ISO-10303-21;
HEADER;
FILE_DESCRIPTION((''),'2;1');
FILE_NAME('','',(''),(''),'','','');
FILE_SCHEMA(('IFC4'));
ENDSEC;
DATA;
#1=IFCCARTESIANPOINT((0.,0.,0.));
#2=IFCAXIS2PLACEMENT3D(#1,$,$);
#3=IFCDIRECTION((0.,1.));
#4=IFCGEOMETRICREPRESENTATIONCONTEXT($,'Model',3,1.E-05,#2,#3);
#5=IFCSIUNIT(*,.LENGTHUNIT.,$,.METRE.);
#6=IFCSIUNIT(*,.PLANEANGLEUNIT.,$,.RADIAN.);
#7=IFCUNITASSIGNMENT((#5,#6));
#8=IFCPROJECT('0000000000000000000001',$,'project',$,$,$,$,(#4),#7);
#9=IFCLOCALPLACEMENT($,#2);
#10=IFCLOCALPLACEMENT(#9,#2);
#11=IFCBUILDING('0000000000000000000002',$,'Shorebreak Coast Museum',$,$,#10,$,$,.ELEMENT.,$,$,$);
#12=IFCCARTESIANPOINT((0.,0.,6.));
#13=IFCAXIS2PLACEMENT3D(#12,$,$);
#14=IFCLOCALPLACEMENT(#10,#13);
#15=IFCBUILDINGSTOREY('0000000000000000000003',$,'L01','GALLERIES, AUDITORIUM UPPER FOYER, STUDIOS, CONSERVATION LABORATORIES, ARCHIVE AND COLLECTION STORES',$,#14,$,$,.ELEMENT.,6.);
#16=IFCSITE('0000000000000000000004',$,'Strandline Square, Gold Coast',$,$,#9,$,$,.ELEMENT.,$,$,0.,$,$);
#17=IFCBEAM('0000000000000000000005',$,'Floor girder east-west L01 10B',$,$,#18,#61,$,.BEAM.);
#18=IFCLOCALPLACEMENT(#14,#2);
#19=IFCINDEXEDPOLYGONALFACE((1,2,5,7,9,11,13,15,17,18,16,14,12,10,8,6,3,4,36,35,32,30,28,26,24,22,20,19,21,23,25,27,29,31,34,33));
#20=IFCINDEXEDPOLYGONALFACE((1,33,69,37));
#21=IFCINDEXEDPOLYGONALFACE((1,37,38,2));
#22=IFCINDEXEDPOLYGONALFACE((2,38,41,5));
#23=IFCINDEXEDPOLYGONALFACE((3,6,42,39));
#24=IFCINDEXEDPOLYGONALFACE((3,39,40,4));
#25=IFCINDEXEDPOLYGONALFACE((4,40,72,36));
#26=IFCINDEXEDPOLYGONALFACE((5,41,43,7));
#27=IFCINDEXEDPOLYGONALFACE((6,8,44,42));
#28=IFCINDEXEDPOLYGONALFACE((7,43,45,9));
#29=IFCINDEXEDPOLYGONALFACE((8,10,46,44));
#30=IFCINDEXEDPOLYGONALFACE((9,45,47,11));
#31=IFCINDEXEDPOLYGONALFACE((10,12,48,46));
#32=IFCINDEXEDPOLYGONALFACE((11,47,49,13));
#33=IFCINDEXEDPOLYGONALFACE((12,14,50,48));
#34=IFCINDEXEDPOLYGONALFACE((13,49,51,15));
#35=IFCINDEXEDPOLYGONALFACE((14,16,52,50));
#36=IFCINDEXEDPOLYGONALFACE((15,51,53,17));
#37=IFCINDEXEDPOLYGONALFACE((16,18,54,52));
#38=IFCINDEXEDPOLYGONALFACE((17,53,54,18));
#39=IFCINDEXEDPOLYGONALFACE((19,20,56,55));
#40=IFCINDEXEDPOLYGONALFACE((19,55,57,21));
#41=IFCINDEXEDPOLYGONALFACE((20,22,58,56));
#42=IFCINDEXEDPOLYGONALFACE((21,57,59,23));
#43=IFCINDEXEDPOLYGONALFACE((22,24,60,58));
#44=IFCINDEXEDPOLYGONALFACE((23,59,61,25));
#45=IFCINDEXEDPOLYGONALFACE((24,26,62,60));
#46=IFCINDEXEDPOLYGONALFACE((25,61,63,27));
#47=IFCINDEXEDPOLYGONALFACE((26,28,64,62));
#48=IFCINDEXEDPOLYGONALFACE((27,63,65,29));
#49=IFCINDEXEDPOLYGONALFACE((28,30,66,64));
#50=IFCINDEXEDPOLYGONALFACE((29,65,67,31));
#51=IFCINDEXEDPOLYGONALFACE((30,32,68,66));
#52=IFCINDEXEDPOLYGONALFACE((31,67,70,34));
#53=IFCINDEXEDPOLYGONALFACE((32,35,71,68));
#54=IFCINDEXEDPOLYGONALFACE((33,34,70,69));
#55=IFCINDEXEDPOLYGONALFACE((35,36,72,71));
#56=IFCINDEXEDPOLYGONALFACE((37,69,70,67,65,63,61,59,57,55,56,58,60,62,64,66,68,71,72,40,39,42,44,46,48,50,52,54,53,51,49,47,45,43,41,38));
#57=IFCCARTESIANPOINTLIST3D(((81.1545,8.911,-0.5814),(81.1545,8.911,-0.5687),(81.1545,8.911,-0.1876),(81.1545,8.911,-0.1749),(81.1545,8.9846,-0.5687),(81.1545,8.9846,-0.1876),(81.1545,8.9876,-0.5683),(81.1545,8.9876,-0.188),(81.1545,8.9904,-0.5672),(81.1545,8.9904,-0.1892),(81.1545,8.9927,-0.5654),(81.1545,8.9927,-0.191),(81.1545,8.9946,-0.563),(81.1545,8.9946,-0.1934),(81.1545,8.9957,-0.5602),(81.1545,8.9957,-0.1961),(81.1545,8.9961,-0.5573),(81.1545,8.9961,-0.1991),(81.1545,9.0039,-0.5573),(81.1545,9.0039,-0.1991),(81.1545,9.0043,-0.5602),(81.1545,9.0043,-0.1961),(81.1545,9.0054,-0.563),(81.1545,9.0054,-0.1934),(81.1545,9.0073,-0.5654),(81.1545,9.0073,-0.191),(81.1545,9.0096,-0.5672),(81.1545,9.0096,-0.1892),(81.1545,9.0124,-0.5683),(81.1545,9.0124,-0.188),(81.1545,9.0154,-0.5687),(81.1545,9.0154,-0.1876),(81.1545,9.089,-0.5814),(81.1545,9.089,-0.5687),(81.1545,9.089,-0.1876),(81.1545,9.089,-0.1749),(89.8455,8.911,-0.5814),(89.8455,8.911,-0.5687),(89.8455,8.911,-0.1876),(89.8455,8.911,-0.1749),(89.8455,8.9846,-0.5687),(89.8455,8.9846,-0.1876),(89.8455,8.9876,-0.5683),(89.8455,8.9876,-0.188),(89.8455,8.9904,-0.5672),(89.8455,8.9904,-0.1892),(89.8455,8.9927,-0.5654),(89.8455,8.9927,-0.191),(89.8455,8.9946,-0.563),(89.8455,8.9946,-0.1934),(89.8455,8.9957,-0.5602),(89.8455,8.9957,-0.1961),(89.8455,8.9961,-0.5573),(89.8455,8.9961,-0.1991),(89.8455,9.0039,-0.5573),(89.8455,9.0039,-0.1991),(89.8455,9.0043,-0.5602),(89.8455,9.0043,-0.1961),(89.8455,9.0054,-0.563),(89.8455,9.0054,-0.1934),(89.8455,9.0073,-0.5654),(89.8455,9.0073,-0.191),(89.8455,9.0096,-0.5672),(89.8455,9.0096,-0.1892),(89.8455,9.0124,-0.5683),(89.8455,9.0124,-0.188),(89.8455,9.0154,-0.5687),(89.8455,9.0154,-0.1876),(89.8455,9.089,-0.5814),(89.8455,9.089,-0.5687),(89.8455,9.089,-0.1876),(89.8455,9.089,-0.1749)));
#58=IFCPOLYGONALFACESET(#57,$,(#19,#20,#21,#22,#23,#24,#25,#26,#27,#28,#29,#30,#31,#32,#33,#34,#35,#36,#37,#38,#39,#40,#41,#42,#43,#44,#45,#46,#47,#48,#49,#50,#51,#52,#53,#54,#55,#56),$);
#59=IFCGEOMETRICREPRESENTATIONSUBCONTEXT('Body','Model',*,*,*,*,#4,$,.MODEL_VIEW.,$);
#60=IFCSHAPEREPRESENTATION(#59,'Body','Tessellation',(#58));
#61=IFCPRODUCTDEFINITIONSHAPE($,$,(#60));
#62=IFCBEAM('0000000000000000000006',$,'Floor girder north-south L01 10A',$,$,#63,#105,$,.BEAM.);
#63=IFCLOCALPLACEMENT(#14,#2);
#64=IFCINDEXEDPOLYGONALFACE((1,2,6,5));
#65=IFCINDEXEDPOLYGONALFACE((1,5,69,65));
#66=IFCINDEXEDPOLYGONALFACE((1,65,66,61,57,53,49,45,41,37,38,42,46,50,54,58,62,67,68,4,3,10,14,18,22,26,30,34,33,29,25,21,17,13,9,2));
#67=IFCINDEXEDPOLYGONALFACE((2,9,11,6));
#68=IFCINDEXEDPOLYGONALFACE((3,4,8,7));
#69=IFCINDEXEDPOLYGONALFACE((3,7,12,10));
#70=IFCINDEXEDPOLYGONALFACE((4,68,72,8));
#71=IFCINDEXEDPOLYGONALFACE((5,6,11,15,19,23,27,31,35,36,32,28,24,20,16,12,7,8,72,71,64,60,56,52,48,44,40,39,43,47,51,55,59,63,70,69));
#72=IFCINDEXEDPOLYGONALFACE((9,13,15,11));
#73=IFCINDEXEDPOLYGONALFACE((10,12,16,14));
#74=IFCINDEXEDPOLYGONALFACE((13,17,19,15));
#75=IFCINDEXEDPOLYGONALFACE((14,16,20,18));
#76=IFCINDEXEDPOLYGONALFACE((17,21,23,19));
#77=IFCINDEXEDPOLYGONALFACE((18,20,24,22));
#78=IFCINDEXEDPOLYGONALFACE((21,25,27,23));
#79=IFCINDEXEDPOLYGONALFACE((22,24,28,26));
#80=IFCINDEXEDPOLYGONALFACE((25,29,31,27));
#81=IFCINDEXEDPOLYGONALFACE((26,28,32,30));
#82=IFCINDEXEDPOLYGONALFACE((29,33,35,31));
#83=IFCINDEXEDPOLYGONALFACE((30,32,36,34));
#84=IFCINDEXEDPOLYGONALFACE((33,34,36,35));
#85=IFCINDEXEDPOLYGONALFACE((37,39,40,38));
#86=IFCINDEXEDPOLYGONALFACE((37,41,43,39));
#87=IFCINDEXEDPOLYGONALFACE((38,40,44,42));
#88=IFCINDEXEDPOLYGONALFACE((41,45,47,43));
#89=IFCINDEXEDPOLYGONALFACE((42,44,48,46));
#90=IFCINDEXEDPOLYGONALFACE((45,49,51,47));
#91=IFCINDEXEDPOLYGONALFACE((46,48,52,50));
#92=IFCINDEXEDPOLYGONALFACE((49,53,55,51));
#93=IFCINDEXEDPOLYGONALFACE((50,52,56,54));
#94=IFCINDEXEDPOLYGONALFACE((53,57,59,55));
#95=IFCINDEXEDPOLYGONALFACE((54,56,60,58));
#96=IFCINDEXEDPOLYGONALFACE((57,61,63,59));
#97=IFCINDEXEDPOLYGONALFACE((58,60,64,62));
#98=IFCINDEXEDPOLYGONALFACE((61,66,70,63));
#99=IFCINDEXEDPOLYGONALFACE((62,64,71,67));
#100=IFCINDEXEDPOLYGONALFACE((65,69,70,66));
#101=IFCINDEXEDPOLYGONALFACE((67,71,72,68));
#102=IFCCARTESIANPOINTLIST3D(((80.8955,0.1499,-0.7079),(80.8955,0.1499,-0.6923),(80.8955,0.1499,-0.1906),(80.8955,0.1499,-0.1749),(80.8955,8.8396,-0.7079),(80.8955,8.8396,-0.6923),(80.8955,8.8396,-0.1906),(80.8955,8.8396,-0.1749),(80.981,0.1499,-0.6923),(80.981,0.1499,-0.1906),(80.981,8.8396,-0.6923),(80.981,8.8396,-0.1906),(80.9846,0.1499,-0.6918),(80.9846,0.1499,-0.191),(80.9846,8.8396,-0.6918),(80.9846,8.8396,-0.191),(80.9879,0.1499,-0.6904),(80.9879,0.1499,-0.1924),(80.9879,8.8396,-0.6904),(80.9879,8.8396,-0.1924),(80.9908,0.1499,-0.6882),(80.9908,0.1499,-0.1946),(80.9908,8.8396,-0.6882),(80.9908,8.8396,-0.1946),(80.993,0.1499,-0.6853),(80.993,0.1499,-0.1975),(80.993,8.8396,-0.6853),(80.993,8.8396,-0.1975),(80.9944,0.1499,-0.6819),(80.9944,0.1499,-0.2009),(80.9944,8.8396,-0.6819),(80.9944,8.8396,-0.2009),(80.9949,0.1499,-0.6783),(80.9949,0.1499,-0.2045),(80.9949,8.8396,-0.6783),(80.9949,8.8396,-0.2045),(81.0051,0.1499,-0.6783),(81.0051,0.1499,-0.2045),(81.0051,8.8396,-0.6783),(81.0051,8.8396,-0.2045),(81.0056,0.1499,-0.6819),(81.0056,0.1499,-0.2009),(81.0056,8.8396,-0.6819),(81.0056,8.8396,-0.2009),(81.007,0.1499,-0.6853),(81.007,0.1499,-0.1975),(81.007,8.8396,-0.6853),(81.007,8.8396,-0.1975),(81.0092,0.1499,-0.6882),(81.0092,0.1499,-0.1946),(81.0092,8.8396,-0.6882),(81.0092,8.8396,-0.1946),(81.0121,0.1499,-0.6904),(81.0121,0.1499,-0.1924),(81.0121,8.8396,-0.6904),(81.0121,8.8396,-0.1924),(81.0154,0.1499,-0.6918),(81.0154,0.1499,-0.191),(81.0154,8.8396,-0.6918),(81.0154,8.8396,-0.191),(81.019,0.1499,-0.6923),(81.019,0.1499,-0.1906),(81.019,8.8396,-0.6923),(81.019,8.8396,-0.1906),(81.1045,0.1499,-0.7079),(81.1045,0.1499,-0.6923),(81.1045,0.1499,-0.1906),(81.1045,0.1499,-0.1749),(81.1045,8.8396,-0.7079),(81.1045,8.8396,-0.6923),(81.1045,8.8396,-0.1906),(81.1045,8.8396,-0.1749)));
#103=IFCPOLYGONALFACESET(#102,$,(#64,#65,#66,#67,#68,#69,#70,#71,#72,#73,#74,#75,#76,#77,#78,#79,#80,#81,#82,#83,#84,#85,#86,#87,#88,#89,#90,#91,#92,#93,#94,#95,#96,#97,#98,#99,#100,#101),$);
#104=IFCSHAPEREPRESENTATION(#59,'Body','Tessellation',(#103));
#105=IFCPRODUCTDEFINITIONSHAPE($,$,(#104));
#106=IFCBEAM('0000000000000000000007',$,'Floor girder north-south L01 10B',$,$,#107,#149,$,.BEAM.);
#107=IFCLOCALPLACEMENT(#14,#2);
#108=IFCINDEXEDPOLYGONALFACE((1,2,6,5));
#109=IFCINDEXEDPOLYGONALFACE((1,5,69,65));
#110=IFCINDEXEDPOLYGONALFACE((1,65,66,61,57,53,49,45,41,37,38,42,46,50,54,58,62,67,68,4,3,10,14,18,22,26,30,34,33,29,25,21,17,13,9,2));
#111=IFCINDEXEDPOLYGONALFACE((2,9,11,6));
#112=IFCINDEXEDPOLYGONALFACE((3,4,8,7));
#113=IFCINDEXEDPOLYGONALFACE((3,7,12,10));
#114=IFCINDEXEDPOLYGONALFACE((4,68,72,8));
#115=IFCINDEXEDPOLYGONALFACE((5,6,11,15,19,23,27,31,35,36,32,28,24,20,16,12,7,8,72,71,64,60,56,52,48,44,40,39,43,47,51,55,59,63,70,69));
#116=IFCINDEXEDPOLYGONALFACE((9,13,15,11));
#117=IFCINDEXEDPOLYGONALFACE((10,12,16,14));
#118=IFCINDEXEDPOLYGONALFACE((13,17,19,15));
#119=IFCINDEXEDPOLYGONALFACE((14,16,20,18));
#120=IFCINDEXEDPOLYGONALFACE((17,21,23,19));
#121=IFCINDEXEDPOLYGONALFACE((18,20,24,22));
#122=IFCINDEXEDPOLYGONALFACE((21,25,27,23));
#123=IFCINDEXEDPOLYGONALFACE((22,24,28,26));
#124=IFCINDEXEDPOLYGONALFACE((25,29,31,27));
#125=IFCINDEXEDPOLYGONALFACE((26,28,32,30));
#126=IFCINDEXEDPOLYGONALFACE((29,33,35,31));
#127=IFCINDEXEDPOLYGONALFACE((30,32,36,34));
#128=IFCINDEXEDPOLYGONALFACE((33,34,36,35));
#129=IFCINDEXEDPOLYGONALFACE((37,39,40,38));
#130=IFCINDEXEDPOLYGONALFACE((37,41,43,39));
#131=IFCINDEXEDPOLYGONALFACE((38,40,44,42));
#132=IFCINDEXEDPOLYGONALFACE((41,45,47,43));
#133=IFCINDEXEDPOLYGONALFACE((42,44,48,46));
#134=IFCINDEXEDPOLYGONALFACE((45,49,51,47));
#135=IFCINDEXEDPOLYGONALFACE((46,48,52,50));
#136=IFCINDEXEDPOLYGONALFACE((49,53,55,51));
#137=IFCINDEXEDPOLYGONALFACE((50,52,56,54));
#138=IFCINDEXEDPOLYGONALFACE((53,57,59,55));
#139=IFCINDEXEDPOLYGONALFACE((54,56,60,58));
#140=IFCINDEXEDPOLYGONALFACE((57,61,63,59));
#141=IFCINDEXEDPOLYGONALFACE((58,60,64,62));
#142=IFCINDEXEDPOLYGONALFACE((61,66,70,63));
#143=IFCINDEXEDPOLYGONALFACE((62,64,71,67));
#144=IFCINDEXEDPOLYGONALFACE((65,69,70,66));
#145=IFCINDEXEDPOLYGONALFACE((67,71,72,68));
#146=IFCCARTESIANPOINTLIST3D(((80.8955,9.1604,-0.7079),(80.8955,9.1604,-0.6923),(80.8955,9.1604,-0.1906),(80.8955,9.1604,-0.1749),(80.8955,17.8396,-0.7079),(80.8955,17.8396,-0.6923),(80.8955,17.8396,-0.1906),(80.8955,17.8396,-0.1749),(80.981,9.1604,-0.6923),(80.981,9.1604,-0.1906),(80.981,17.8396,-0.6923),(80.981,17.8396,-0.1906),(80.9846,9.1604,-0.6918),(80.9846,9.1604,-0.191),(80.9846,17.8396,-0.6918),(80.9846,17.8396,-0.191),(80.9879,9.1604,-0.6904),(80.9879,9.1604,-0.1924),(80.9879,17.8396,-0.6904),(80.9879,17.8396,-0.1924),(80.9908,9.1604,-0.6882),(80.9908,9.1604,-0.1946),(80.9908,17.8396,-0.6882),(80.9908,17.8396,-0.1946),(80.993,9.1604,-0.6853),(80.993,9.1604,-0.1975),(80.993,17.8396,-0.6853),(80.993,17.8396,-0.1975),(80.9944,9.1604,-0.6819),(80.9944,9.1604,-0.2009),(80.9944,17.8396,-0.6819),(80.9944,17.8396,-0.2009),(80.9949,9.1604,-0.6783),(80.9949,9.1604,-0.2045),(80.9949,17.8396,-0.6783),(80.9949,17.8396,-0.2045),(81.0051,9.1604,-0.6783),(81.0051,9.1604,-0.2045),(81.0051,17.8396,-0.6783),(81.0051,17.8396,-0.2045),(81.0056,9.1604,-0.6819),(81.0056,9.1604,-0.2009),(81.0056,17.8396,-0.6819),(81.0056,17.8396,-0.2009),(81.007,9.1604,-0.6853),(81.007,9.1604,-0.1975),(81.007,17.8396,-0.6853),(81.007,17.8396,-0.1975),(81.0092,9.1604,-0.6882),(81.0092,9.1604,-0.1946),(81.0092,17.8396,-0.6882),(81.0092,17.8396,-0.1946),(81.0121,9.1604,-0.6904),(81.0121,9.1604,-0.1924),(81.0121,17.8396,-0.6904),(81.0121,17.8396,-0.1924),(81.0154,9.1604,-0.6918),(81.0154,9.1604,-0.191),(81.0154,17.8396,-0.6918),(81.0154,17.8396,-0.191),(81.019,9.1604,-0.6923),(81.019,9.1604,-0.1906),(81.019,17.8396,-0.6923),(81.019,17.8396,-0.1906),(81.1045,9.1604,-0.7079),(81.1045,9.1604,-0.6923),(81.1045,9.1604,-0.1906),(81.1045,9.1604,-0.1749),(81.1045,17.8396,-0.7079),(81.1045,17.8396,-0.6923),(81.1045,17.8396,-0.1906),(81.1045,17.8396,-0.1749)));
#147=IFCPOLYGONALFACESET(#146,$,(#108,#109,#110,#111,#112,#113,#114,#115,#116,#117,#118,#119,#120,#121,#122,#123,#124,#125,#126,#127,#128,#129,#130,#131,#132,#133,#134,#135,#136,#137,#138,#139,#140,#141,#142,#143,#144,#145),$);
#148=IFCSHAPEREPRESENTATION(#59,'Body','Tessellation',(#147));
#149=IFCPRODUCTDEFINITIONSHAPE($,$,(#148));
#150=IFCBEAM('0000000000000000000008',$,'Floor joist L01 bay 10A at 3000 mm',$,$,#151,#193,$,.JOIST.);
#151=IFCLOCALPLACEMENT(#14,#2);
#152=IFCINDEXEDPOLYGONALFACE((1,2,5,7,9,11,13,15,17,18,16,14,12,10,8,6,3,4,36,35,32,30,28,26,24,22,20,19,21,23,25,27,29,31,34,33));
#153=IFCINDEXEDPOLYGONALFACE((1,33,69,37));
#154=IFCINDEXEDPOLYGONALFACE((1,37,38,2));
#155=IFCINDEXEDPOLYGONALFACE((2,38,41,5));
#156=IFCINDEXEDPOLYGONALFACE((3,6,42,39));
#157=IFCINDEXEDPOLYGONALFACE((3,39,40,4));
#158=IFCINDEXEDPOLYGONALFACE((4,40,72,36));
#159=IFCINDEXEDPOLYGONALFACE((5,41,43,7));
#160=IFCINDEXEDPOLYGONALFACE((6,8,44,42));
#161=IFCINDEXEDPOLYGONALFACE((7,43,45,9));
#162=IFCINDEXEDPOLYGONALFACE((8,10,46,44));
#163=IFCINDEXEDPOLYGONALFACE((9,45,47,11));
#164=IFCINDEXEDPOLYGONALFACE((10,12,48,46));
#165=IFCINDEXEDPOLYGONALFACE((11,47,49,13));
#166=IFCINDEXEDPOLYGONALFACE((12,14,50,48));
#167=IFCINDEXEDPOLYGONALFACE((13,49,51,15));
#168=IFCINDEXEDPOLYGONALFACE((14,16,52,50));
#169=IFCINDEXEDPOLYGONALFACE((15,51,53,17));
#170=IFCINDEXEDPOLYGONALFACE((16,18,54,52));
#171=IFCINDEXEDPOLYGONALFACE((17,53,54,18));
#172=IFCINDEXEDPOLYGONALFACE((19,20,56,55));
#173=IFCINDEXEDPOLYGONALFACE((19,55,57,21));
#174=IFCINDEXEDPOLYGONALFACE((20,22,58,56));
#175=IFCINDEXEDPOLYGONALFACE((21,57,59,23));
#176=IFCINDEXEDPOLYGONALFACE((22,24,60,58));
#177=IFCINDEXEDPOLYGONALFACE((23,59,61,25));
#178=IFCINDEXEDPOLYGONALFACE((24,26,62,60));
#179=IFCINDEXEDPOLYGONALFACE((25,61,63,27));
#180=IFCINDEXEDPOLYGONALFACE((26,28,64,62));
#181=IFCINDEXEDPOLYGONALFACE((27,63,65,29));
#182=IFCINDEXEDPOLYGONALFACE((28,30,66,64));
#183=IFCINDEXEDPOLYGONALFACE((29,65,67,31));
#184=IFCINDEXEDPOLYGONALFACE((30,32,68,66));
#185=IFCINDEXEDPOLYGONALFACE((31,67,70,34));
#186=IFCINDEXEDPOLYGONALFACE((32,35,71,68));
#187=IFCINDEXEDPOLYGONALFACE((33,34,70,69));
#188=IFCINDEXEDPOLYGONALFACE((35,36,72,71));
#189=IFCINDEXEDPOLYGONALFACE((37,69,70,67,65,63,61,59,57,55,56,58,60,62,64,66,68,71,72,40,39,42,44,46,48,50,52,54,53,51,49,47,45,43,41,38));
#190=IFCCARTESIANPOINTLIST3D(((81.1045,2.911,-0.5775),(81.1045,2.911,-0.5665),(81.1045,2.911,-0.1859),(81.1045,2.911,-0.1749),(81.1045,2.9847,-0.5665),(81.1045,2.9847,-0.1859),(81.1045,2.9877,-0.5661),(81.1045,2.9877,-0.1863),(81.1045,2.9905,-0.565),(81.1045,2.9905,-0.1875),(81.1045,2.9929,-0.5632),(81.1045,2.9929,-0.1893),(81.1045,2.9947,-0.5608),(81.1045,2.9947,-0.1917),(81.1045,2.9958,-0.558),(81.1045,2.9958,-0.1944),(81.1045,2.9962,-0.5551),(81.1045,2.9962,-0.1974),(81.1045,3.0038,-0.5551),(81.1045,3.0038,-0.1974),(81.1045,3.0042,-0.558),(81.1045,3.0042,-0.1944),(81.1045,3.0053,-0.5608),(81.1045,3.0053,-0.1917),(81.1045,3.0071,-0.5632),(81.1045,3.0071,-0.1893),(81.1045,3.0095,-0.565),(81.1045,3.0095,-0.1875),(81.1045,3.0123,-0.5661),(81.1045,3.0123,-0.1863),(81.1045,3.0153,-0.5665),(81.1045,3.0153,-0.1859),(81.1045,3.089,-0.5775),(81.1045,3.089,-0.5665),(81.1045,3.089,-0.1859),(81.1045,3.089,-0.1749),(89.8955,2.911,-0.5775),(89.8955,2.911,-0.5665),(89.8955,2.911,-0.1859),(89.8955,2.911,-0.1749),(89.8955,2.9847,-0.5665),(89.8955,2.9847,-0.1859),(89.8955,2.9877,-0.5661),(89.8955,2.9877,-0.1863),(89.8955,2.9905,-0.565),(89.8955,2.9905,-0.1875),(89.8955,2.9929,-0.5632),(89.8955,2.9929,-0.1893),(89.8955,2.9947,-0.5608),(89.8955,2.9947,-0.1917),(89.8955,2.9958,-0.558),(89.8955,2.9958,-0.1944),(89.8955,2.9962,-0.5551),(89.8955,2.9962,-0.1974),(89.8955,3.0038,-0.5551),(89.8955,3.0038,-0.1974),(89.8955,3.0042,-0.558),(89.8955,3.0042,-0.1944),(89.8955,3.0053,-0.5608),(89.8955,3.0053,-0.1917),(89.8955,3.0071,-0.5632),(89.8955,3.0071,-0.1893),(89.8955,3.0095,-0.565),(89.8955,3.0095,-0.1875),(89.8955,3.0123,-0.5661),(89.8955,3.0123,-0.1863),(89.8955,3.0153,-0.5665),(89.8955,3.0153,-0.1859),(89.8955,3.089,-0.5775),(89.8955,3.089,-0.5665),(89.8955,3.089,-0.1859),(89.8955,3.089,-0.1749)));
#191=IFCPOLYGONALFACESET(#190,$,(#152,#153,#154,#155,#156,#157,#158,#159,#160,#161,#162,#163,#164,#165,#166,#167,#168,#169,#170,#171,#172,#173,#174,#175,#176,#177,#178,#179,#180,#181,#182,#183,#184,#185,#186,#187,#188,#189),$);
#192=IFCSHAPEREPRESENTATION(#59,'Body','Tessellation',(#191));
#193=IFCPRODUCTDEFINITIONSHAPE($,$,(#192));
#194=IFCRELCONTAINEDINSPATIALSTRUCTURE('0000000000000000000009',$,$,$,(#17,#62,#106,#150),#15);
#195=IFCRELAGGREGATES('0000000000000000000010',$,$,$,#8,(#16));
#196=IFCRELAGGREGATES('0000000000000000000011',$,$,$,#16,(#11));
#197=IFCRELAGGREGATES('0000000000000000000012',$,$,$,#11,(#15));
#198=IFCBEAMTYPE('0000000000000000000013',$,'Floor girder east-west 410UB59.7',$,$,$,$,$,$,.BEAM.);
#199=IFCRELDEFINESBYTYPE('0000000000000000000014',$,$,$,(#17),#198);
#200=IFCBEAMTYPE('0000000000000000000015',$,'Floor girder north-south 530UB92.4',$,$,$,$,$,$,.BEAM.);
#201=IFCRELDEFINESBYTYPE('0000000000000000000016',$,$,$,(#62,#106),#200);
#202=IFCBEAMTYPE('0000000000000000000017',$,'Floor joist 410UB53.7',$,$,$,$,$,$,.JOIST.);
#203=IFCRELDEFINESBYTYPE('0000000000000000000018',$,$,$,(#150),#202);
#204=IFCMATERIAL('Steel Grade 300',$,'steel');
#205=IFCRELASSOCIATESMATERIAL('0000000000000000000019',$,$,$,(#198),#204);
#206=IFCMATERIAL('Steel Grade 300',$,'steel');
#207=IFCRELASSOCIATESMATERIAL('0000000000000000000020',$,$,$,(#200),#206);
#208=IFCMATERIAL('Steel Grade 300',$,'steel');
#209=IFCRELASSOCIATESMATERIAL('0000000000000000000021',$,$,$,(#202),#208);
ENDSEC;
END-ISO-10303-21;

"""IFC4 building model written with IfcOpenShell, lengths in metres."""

from ifc_helpers import new_model, si_unit, direction, frame, origin, origin_2d, place, context, subcontext, project, spatial, i_section, extrude, material, material_profile, profile_set, type_object, element, save


model = new_model("IFC4")

# Units and contexts
model_context = context("Model", 3, precision=1e-05, world=origin(), true_north=direction((0.0, 1.0)))
body_context = subcontext(model_context, "Body", "Model", "MODEL_VIEW")
ifc_project = project(units=[si_unit("LENGTHUNIT", "METRE"), si_unit("PLANEANGLEUNIT", "RADIAN")], contexts=[model_context])

# Site, building, storey
site_placement = place(None, origin())
site = spatial("IfcSite", under=ifc_project, at=site_placement, Name="Strandline Square, Gold Coast", CompositionType="ELEMENT", RefElevation=0.0)
building_placement = place(site_placement, origin())
building = spatial("IfcBuilding", under=site, at=building_placement, Name="Shorebreak Coast Museum", CompositionType="ELEMENT")
storey_placement = place(building_placement, frame((0.0, 0.0, 6.0)))
storey = spatial("IfcBuildingStorey", under=building, at=storey_placement, Name="L01", Description="GALLERIES, AUDITORIUM UPPER FOYER, STUDIOS, CONSERVATION LABORATORIES, ARCHIVE AND COLLECTION STORES", CompositionType="ELEMENT", Elevation=6.0)

# Beams
ifc_material_1 = material(Name="Steel Grade 300", Category="steel")
ifc_material_profile_1 = material_profile(ifc_material_1, i_section(OverallWidth=0.178, OverallDepth=0.4065, WebThickness=0.0078, FlangeThickness=0.0127, FilletRadius=0.0115, at=origin_2d()), Name="410UB59.7")
ifc_profile_set_1 = profile_set([ifc_material_profile_1], Name="Steel Grade 300")
beam_type_1 = type_object("IfcBeamType", Name="Floor girder east-west 410UB59.7", PredefinedType="BEAM", material=ifc_profile_set_1)
beam_1_placement = place(storey_placement, frame((81.1545, 9.0, -0.3782), z_axis=(1.0, 0.0, 0.0), x_axis=(0.0, 1.0, 0.0)))
element("IfcBeam", 1, at=beam_1_placement, inside=storey, type_object=beam_type_1, Name="Floor girder east-west L01 10B", PredefinedType="BEAM", context=body_context, shape_type="SweptSolid", body=[
    extrude(i_section(OverallWidth=0.178, OverallDepth=0.4065, WebThickness=0.0078, FlangeThickness=0.0127, FilletRadius=0.0115, at=origin_2d()), origin(), (0.0, 0.0, 1.0), 8.6909),
])
ifc_material_2 = material(Name="Steel Grade 300", Category="steel")
ifc_material_profile_2 = material_profile(ifc_material_2, i_section(OverallWidth=0.209, OverallDepth=0.533, WebThickness=0.0103, FlangeThickness=0.0156, FilletRadius=0.0139, at=origin_2d()), Name="530UB92.4")
ifc_profile_set_2 = profile_set([ifc_material_profile_2], Name="Steel Grade 300")
beam_type_2 = type_object("IfcBeamType", Name="Floor girder north-south 530UB92.4", PredefinedType="BEAM", material=ifc_profile_set_2)
beam_2_placement = place(storey_placement, frame((81.0, 0.1499, -0.4414), z_axis=(0.0, 1.0, 0.0), x_axis=(-1.0, 0.0, 0.0)))
element("IfcBeam", 2, at=beam_2_placement, inside=storey, type_object=beam_type_2, Name="Floor girder north-south L01 10A", PredefinedType="BEAM", context=body_context, shape_type="SweptSolid", body=[
    extrude(i_section(OverallWidth=0.209, OverallDepth=0.533, WebThickness=0.0103, FlangeThickness=0.0156, FilletRadius=0.0139, at=origin_2d()), origin(), (0.0, 0.0, 1.0), 8.6897),
])
beam_3_placement = place(storey_placement, frame((81.0, 9.1604, -0.4414), z_axis=(0.0, 1.0, 0.0), x_axis=(-1.0, 0.0, 0.0)))
element("IfcBeam", 3, at=beam_3_placement, inside=storey, type_object=beam_type_2, Name="Floor girder north-south L01 10B", PredefinedType="BEAM", context=body_context, shape_type="SweptSolid", body=[
    extrude(i_section(OverallWidth=0.209, OverallDepth=0.533, WebThickness=0.0103, FlangeThickness=0.0156, FilletRadius=0.0139, at=origin_2d()), origin(), (0.0, 0.0, 1.0), 8.6792),
])
ifc_material_3 = material(Name="Steel Grade 300", Category="steel")
ifc_material_profile_3 = material_profile(ifc_material_3, i_section(OverallWidth=0.178, OverallDepth=0.4026, WebThickness=0.0076, FlangeThickness=0.011, FilletRadius=0.0115, at=origin_2d()), Name="410UB53.7")
ifc_profile_set_3 = profile_set([ifc_material_profile_3], Name="Steel Grade 300")
beam_type_3 = type_object("IfcBeamType", Name="Floor joist 410UB53.7", PredefinedType="JOIST", material=ifc_profile_set_3)
for number, where, z_axis, x_axis, name in (
    (4, (81.1045, 3.0, -0.3762), (1.0, 0.0, 0.0), (0.0, 1.0, 0.0), "Floor joist L01 bay 10A at 3000 mm"),
):
    element("IfcBeam", number, at=place(storey_placement, frame(where, z_axis=z_axis, x_axis=x_axis)), inside=storey, type_object=beam_type_3, Name=name, PredefinedType="JOIST", context=body_context, shape_type="SweptSolid", body=[
        extrude(i_section(OverallWidth=0.178, OverallDepth=0.4026, WebThickness=0.0076, FlangeThickness=0.011, FilletRadius=0.0115, at=origin_2d()), origin(), (0.0, 0.0, 1.0), 8.791),
    ])

save(model, "model.ifc")
